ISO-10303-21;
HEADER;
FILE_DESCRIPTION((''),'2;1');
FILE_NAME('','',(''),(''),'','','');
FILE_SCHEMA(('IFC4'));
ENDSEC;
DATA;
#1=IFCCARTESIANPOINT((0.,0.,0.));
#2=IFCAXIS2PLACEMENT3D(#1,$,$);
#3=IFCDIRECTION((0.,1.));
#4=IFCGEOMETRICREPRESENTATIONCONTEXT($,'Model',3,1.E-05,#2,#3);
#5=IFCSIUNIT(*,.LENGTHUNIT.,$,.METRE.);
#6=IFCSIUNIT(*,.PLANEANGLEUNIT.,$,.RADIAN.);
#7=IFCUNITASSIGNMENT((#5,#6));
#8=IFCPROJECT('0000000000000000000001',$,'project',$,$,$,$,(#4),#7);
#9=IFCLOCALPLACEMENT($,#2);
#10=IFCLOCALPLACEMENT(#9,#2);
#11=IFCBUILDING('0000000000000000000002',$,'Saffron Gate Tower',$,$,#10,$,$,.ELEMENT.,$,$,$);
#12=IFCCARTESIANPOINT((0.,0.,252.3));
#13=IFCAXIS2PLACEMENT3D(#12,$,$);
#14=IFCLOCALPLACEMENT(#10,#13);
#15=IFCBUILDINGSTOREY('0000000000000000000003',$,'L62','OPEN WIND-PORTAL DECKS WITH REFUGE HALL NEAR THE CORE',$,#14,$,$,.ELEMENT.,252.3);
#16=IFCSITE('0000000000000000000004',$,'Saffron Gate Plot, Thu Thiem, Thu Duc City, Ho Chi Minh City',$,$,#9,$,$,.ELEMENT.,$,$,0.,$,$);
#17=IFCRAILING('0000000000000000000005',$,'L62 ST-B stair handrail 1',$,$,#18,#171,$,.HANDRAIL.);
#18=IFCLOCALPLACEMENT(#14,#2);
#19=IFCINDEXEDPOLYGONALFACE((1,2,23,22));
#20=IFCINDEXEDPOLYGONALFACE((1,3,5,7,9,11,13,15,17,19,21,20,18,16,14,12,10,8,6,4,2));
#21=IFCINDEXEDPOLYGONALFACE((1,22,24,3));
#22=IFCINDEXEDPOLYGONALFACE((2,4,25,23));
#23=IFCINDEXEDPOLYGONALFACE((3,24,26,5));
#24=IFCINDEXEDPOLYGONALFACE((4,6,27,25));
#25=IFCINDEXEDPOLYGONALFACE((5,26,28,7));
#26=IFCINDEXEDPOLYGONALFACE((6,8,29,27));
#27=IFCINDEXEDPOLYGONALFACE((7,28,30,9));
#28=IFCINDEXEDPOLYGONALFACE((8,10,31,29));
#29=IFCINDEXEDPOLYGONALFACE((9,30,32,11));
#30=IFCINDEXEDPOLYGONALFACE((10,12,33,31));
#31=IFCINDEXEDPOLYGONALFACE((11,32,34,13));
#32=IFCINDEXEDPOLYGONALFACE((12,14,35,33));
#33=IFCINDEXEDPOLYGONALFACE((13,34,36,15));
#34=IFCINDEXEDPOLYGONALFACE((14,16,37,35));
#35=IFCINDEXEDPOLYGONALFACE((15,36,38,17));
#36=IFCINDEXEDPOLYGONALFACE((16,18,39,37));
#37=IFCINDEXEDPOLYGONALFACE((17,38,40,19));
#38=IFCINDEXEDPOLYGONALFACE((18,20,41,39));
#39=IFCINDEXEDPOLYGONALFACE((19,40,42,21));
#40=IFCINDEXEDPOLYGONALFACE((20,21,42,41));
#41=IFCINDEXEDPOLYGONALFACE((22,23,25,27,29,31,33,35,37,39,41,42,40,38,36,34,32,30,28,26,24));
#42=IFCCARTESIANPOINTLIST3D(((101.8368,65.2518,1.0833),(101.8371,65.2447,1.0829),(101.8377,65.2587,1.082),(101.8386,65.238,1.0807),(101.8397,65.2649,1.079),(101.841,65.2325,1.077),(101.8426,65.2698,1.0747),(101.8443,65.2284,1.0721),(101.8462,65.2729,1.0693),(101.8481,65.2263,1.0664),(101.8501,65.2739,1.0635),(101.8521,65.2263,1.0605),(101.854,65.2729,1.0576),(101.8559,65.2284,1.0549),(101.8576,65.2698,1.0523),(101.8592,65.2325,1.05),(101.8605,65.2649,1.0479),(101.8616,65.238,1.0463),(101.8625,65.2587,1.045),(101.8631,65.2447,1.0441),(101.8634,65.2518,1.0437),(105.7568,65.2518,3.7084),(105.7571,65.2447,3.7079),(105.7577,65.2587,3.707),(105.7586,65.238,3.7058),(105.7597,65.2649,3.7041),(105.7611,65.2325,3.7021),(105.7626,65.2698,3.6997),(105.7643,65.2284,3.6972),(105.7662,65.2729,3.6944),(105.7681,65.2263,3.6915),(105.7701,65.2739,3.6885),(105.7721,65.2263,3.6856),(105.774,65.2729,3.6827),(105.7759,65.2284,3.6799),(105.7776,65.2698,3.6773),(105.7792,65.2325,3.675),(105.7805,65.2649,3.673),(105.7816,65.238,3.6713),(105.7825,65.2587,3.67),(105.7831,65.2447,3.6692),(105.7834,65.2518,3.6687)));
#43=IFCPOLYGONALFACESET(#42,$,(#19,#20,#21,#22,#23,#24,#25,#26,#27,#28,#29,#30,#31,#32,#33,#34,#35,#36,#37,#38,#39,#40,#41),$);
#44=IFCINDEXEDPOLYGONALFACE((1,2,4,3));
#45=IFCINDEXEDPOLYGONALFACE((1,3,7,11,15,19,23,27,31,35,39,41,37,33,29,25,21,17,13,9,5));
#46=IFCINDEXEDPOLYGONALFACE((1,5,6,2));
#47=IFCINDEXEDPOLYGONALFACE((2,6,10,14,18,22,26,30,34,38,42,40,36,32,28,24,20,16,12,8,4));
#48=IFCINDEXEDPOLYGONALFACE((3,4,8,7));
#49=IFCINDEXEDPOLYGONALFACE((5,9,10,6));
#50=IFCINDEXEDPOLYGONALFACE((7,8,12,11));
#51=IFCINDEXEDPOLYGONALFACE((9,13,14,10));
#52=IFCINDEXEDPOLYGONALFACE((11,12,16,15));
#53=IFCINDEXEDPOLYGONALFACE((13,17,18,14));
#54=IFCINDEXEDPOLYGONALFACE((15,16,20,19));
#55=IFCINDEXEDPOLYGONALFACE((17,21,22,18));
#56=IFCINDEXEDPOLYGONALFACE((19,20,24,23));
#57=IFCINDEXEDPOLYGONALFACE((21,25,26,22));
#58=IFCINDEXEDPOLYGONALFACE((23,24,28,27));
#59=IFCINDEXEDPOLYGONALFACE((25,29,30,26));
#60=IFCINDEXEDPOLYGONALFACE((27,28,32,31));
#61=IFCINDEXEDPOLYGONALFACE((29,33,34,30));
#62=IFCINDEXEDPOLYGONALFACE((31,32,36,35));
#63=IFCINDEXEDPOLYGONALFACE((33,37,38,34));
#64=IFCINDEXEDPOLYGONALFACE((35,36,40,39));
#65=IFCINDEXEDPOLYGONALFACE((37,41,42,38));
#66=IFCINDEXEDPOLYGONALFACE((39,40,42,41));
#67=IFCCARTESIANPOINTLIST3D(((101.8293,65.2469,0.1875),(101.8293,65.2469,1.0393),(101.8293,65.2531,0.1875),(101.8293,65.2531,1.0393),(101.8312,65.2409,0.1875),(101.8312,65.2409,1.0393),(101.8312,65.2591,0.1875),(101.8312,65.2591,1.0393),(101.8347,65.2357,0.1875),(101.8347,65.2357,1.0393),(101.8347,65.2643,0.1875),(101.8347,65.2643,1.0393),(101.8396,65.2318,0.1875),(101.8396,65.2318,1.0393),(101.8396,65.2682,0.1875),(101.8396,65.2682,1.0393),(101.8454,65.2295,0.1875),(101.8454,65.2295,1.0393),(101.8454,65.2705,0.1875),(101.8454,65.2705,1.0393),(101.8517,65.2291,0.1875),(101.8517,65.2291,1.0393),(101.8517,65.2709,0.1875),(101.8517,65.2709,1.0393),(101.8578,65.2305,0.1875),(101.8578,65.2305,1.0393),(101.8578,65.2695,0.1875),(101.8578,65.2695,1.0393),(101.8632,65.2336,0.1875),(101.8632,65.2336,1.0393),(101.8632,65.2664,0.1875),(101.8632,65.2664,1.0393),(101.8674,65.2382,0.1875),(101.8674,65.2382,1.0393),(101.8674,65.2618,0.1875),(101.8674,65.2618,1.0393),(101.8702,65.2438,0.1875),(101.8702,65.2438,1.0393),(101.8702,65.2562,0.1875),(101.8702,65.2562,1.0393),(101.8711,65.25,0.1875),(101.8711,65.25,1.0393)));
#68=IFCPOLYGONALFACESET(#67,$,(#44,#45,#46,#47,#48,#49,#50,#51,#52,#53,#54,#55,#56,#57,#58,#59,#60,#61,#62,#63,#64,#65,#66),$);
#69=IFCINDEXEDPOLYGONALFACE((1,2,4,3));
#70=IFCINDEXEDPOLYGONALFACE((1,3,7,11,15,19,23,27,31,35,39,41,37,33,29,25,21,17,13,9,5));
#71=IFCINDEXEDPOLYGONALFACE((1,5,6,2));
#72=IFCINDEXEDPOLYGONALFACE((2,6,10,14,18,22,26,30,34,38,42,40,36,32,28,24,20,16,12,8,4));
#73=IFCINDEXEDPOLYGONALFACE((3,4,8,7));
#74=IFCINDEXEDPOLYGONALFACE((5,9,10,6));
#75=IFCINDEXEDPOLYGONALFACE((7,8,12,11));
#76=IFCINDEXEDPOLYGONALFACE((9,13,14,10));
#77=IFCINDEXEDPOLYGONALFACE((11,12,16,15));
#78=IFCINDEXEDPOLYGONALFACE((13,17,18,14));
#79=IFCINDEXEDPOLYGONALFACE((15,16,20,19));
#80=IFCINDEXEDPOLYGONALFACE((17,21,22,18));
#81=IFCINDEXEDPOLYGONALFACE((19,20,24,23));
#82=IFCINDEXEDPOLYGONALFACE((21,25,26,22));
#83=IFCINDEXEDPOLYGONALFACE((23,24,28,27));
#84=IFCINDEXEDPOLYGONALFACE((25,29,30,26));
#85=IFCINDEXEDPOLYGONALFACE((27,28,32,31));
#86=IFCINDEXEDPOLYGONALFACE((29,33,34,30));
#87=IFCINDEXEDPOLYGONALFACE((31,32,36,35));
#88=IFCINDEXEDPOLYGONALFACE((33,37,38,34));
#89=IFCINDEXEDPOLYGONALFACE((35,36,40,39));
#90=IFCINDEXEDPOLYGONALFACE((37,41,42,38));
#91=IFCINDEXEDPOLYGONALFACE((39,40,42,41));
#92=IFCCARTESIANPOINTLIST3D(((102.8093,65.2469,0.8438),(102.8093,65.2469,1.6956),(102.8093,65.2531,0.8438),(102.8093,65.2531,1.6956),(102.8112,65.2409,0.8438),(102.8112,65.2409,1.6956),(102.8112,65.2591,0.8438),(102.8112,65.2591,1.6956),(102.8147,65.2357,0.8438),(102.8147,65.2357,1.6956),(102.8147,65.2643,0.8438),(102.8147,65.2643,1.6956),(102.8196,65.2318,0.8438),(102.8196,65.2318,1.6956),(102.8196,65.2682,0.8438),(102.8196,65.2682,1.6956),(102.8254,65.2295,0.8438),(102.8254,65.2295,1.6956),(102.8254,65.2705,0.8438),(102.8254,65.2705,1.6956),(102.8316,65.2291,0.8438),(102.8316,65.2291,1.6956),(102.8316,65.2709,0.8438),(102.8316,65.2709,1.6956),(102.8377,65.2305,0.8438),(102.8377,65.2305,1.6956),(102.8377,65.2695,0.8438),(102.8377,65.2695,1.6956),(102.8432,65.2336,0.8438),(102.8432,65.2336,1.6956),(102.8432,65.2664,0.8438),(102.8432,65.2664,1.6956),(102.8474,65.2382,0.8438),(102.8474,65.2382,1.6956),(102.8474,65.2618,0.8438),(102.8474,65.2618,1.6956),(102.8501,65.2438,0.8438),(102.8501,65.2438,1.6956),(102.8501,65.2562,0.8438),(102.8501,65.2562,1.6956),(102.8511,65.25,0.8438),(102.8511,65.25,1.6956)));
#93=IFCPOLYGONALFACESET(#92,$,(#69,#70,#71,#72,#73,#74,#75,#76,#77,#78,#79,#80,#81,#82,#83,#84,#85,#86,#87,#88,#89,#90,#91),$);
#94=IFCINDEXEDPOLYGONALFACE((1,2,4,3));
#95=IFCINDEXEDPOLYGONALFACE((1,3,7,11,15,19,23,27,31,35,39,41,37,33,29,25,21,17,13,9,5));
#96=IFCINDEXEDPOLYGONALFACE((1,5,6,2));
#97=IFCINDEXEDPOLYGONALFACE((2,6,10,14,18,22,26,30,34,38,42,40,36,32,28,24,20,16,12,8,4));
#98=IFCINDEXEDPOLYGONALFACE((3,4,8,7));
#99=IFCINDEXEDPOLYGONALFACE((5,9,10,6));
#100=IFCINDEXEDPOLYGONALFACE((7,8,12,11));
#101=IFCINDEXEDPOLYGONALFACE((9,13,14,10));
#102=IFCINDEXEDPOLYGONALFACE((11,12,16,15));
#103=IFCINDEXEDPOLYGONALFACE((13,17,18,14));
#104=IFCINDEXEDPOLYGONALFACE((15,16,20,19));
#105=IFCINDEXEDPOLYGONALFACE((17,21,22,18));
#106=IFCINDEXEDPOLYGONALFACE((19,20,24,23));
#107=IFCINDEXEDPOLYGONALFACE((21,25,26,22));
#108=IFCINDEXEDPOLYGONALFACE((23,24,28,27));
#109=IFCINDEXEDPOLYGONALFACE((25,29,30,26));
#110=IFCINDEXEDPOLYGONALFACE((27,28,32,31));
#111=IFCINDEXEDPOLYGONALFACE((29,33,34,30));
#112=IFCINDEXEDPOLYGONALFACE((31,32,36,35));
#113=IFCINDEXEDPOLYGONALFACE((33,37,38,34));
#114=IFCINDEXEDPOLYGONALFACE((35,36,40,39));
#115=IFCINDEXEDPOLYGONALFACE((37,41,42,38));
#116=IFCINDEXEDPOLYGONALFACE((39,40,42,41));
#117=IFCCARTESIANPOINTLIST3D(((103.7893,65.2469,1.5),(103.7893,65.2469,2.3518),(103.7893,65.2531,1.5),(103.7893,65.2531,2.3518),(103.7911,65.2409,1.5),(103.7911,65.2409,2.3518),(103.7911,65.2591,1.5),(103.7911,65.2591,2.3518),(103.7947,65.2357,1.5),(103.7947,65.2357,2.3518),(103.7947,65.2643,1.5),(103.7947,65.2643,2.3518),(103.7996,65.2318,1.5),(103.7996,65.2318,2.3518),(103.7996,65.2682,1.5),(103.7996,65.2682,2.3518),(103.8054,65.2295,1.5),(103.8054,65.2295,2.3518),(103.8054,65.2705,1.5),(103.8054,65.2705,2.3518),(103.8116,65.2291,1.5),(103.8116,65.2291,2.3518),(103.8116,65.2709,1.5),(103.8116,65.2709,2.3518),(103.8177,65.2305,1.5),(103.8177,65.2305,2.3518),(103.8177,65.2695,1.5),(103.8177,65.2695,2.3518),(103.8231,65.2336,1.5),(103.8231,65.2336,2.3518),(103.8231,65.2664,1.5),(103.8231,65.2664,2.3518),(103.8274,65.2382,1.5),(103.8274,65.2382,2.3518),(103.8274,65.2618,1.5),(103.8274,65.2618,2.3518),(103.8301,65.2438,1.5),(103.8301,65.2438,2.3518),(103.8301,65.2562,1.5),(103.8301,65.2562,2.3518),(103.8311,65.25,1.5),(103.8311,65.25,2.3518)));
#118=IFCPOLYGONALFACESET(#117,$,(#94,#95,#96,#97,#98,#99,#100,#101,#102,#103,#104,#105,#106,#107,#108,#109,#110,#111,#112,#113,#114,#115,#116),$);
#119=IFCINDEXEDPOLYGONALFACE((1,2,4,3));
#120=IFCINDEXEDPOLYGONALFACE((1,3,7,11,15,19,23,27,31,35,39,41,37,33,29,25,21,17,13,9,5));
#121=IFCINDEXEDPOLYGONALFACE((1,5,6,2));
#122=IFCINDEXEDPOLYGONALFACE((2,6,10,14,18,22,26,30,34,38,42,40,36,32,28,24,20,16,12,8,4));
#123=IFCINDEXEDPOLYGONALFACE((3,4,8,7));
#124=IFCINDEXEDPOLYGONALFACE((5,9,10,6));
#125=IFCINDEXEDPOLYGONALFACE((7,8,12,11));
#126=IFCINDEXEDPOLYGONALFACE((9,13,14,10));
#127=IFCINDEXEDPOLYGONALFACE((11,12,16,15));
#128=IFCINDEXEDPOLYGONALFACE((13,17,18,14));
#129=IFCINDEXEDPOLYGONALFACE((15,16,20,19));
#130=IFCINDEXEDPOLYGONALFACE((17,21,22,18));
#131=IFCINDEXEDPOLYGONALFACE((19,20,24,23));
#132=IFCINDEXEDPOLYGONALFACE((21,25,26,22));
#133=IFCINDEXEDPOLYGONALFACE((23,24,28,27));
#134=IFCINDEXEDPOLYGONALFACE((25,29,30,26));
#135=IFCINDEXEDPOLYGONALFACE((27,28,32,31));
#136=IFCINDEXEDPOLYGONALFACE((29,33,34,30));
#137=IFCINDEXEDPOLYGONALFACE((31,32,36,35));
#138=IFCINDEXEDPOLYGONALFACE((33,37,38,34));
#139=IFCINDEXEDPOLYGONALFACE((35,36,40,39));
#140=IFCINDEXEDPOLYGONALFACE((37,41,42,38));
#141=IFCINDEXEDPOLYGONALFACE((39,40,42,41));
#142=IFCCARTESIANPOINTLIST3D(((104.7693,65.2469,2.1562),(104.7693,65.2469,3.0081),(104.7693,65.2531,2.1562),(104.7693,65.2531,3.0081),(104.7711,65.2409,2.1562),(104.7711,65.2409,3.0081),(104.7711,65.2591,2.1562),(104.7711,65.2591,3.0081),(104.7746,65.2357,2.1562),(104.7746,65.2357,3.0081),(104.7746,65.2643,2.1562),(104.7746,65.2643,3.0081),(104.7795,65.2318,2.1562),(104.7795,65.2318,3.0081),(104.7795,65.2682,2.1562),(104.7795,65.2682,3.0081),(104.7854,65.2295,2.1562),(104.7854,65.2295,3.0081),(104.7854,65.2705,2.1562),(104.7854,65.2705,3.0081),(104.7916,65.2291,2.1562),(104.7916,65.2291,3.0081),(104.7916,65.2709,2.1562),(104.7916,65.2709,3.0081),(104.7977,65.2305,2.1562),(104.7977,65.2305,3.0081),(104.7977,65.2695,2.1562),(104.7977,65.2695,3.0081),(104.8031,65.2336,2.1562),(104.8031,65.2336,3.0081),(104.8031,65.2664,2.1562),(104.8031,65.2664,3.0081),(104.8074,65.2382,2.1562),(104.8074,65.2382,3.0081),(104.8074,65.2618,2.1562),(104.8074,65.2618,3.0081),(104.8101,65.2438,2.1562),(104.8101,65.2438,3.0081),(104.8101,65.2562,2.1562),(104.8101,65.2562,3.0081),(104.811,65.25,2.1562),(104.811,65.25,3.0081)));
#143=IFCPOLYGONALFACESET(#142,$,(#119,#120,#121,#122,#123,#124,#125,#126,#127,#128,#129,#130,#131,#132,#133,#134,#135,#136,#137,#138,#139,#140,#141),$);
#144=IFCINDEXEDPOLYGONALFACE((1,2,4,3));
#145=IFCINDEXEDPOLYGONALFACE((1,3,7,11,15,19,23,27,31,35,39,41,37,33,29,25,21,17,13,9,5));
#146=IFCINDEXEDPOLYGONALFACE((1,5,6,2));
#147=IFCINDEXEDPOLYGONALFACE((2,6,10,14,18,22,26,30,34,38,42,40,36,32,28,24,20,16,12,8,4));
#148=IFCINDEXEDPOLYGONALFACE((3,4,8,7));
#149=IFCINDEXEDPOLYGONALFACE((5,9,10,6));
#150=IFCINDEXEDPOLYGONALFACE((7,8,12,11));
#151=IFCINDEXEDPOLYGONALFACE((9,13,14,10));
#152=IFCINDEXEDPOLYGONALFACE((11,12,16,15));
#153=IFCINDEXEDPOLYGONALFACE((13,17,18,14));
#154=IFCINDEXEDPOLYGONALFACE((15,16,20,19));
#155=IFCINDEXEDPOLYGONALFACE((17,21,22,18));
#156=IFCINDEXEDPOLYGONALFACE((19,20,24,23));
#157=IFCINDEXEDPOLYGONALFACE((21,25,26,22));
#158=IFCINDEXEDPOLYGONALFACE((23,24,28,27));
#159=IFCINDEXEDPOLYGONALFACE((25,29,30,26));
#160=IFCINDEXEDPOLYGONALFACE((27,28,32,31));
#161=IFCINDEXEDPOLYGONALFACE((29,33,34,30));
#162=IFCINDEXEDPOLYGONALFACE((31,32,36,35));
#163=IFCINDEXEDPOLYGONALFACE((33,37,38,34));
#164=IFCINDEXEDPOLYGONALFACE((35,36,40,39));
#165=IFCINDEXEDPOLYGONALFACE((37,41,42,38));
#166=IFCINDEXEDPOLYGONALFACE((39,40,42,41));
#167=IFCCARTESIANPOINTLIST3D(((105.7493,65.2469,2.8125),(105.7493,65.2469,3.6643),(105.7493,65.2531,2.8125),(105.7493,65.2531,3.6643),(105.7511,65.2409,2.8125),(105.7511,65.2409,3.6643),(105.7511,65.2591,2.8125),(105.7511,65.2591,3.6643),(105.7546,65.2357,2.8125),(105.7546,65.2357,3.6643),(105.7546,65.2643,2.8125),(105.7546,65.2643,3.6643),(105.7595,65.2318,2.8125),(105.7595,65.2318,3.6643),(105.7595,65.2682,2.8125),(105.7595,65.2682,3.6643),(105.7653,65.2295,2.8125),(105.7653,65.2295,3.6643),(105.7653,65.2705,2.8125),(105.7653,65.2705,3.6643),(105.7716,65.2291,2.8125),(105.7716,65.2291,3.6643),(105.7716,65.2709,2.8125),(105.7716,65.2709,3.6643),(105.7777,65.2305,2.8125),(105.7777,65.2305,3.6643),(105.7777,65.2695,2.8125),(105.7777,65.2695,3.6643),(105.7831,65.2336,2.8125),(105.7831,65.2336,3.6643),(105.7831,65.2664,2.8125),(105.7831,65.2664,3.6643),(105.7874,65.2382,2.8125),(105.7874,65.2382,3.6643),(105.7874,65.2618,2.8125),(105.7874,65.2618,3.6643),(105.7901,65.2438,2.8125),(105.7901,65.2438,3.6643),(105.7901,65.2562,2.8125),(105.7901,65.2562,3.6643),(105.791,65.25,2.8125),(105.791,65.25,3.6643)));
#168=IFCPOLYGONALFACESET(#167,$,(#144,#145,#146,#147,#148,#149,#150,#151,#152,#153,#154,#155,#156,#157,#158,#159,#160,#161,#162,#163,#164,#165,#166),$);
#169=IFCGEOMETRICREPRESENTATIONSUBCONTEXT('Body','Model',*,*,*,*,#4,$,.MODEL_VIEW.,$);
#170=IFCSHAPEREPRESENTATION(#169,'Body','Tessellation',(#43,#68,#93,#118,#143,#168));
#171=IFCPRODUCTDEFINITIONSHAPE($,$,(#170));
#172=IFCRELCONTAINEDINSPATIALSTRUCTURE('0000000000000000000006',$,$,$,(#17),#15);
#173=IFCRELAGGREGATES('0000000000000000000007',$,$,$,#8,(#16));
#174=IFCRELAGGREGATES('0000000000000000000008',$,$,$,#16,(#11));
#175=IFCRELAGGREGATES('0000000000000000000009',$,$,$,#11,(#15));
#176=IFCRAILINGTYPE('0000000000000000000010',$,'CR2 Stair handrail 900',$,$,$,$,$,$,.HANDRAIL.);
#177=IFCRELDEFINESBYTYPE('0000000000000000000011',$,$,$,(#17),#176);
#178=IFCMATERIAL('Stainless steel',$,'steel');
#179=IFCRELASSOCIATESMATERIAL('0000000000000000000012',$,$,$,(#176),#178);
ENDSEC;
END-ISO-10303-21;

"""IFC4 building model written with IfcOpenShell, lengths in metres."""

from ifc_helpers import new_model, si_unit, direction, frame, origin, origin_2d, place, context, subcontext, project, spatial, circle, extrude, material, type_object, element, save


model = new_model("IFC4")

# Units and contexts
model_context = context("Model", 3, precision=1e-05, world=origin(), true_north=direction((0.0, 1.0)))
body_context = subcontext(model_context, "Body", "Model", "MODEL_VIEW")
ifc_project = project(units=[si_unit("LENGTHUNIT", "METRE"), si_unit("PLANEANGLEUNIT", "RADIAN")], contexts=[model_context])

# Site, building, storey
site_placement = place(None, origin())
site = spatial("IfcSite", under=ifc_project, at=site_placement, Name="Saffron Gate Plot, Thu Thiem, Thu Duc City, Ho Chi Minh City", CompositionType="ELEMENT", RefElevation=0.0)
building_placement = place(site_placement, origin())
building = spatial("IfcBuilding", under=site, at=building_placement, Name="Saffron Gate Tower", CompositionType="ELEMENT")
storey_placement = place(building_placement, frame((0.0, 0.0, 252.3)))
storey = spatial("IfcBuildingStorey", under=building, at=storey_placement, Name="L62", Description="OPEN WIND-PORTAL DECKS WITH REFUGE HALL NEAR THE CORE", CompositionType="ELEMENT", Elevation=252.3)

# Railing
ifc_material_1 = material(Name="Stainless steel", Category="steel")
railing_type_1 = type_object("IfcRailingType", Name="CR2 Stair handrail 900", PredefinedType="HANDRAIL", material=ifc_material_1)
railing_1_placement = place(storey_placement, frame((101.8501, 65.25, 0.1875)))
element("IfcRailing", 1, at=railing_1_placement, inside=storey, type_object=railing_type_1, Name="L62 ST-B stair handrail 1", PredefinedType="HANDRAIL", context=body_context, shape_type="SweptSolid", body=[
    extrude(circle(Radius=0.0239, at=origin_2d()), frame((0.0, 0.0, 0.876), z_axis=(0.830902, 0.0, 0.556419), x_axis=(0.0, 1.0, 0.0)), (0.0, 0.0, 1.0), 4.7178),
    extrude(circle(Radius=0.021, at=origin_2d()), origin(), (0.0, 0.0, 1.0), 0.8518),
    extrude(circle(Radius=0.021, at=origin_2d()), frame((0.98, 0.0, 0.6562)), (0.0, 0.0, 1.0), 0.8518),
    extrude(circle(Radius=0.021, at=origin_2d()), frame((1.96, 0.0, 1.3125)), (0.0, 0.0, 1.0), 0.8518),
    extrude(circle(Radius=0.021, at=origin_2d()), frame((2.9399, 0.0, 1.9688)), (0.0, 0.0, 1.0), 0.8518),
    extrude(circle(Radius=0.021, at=origin_2d()), frame((3.9199, 0.0, 2.625)), (0.0, 0.0, 1.0), 0.8518),
])

save(model, "model.ifc")
